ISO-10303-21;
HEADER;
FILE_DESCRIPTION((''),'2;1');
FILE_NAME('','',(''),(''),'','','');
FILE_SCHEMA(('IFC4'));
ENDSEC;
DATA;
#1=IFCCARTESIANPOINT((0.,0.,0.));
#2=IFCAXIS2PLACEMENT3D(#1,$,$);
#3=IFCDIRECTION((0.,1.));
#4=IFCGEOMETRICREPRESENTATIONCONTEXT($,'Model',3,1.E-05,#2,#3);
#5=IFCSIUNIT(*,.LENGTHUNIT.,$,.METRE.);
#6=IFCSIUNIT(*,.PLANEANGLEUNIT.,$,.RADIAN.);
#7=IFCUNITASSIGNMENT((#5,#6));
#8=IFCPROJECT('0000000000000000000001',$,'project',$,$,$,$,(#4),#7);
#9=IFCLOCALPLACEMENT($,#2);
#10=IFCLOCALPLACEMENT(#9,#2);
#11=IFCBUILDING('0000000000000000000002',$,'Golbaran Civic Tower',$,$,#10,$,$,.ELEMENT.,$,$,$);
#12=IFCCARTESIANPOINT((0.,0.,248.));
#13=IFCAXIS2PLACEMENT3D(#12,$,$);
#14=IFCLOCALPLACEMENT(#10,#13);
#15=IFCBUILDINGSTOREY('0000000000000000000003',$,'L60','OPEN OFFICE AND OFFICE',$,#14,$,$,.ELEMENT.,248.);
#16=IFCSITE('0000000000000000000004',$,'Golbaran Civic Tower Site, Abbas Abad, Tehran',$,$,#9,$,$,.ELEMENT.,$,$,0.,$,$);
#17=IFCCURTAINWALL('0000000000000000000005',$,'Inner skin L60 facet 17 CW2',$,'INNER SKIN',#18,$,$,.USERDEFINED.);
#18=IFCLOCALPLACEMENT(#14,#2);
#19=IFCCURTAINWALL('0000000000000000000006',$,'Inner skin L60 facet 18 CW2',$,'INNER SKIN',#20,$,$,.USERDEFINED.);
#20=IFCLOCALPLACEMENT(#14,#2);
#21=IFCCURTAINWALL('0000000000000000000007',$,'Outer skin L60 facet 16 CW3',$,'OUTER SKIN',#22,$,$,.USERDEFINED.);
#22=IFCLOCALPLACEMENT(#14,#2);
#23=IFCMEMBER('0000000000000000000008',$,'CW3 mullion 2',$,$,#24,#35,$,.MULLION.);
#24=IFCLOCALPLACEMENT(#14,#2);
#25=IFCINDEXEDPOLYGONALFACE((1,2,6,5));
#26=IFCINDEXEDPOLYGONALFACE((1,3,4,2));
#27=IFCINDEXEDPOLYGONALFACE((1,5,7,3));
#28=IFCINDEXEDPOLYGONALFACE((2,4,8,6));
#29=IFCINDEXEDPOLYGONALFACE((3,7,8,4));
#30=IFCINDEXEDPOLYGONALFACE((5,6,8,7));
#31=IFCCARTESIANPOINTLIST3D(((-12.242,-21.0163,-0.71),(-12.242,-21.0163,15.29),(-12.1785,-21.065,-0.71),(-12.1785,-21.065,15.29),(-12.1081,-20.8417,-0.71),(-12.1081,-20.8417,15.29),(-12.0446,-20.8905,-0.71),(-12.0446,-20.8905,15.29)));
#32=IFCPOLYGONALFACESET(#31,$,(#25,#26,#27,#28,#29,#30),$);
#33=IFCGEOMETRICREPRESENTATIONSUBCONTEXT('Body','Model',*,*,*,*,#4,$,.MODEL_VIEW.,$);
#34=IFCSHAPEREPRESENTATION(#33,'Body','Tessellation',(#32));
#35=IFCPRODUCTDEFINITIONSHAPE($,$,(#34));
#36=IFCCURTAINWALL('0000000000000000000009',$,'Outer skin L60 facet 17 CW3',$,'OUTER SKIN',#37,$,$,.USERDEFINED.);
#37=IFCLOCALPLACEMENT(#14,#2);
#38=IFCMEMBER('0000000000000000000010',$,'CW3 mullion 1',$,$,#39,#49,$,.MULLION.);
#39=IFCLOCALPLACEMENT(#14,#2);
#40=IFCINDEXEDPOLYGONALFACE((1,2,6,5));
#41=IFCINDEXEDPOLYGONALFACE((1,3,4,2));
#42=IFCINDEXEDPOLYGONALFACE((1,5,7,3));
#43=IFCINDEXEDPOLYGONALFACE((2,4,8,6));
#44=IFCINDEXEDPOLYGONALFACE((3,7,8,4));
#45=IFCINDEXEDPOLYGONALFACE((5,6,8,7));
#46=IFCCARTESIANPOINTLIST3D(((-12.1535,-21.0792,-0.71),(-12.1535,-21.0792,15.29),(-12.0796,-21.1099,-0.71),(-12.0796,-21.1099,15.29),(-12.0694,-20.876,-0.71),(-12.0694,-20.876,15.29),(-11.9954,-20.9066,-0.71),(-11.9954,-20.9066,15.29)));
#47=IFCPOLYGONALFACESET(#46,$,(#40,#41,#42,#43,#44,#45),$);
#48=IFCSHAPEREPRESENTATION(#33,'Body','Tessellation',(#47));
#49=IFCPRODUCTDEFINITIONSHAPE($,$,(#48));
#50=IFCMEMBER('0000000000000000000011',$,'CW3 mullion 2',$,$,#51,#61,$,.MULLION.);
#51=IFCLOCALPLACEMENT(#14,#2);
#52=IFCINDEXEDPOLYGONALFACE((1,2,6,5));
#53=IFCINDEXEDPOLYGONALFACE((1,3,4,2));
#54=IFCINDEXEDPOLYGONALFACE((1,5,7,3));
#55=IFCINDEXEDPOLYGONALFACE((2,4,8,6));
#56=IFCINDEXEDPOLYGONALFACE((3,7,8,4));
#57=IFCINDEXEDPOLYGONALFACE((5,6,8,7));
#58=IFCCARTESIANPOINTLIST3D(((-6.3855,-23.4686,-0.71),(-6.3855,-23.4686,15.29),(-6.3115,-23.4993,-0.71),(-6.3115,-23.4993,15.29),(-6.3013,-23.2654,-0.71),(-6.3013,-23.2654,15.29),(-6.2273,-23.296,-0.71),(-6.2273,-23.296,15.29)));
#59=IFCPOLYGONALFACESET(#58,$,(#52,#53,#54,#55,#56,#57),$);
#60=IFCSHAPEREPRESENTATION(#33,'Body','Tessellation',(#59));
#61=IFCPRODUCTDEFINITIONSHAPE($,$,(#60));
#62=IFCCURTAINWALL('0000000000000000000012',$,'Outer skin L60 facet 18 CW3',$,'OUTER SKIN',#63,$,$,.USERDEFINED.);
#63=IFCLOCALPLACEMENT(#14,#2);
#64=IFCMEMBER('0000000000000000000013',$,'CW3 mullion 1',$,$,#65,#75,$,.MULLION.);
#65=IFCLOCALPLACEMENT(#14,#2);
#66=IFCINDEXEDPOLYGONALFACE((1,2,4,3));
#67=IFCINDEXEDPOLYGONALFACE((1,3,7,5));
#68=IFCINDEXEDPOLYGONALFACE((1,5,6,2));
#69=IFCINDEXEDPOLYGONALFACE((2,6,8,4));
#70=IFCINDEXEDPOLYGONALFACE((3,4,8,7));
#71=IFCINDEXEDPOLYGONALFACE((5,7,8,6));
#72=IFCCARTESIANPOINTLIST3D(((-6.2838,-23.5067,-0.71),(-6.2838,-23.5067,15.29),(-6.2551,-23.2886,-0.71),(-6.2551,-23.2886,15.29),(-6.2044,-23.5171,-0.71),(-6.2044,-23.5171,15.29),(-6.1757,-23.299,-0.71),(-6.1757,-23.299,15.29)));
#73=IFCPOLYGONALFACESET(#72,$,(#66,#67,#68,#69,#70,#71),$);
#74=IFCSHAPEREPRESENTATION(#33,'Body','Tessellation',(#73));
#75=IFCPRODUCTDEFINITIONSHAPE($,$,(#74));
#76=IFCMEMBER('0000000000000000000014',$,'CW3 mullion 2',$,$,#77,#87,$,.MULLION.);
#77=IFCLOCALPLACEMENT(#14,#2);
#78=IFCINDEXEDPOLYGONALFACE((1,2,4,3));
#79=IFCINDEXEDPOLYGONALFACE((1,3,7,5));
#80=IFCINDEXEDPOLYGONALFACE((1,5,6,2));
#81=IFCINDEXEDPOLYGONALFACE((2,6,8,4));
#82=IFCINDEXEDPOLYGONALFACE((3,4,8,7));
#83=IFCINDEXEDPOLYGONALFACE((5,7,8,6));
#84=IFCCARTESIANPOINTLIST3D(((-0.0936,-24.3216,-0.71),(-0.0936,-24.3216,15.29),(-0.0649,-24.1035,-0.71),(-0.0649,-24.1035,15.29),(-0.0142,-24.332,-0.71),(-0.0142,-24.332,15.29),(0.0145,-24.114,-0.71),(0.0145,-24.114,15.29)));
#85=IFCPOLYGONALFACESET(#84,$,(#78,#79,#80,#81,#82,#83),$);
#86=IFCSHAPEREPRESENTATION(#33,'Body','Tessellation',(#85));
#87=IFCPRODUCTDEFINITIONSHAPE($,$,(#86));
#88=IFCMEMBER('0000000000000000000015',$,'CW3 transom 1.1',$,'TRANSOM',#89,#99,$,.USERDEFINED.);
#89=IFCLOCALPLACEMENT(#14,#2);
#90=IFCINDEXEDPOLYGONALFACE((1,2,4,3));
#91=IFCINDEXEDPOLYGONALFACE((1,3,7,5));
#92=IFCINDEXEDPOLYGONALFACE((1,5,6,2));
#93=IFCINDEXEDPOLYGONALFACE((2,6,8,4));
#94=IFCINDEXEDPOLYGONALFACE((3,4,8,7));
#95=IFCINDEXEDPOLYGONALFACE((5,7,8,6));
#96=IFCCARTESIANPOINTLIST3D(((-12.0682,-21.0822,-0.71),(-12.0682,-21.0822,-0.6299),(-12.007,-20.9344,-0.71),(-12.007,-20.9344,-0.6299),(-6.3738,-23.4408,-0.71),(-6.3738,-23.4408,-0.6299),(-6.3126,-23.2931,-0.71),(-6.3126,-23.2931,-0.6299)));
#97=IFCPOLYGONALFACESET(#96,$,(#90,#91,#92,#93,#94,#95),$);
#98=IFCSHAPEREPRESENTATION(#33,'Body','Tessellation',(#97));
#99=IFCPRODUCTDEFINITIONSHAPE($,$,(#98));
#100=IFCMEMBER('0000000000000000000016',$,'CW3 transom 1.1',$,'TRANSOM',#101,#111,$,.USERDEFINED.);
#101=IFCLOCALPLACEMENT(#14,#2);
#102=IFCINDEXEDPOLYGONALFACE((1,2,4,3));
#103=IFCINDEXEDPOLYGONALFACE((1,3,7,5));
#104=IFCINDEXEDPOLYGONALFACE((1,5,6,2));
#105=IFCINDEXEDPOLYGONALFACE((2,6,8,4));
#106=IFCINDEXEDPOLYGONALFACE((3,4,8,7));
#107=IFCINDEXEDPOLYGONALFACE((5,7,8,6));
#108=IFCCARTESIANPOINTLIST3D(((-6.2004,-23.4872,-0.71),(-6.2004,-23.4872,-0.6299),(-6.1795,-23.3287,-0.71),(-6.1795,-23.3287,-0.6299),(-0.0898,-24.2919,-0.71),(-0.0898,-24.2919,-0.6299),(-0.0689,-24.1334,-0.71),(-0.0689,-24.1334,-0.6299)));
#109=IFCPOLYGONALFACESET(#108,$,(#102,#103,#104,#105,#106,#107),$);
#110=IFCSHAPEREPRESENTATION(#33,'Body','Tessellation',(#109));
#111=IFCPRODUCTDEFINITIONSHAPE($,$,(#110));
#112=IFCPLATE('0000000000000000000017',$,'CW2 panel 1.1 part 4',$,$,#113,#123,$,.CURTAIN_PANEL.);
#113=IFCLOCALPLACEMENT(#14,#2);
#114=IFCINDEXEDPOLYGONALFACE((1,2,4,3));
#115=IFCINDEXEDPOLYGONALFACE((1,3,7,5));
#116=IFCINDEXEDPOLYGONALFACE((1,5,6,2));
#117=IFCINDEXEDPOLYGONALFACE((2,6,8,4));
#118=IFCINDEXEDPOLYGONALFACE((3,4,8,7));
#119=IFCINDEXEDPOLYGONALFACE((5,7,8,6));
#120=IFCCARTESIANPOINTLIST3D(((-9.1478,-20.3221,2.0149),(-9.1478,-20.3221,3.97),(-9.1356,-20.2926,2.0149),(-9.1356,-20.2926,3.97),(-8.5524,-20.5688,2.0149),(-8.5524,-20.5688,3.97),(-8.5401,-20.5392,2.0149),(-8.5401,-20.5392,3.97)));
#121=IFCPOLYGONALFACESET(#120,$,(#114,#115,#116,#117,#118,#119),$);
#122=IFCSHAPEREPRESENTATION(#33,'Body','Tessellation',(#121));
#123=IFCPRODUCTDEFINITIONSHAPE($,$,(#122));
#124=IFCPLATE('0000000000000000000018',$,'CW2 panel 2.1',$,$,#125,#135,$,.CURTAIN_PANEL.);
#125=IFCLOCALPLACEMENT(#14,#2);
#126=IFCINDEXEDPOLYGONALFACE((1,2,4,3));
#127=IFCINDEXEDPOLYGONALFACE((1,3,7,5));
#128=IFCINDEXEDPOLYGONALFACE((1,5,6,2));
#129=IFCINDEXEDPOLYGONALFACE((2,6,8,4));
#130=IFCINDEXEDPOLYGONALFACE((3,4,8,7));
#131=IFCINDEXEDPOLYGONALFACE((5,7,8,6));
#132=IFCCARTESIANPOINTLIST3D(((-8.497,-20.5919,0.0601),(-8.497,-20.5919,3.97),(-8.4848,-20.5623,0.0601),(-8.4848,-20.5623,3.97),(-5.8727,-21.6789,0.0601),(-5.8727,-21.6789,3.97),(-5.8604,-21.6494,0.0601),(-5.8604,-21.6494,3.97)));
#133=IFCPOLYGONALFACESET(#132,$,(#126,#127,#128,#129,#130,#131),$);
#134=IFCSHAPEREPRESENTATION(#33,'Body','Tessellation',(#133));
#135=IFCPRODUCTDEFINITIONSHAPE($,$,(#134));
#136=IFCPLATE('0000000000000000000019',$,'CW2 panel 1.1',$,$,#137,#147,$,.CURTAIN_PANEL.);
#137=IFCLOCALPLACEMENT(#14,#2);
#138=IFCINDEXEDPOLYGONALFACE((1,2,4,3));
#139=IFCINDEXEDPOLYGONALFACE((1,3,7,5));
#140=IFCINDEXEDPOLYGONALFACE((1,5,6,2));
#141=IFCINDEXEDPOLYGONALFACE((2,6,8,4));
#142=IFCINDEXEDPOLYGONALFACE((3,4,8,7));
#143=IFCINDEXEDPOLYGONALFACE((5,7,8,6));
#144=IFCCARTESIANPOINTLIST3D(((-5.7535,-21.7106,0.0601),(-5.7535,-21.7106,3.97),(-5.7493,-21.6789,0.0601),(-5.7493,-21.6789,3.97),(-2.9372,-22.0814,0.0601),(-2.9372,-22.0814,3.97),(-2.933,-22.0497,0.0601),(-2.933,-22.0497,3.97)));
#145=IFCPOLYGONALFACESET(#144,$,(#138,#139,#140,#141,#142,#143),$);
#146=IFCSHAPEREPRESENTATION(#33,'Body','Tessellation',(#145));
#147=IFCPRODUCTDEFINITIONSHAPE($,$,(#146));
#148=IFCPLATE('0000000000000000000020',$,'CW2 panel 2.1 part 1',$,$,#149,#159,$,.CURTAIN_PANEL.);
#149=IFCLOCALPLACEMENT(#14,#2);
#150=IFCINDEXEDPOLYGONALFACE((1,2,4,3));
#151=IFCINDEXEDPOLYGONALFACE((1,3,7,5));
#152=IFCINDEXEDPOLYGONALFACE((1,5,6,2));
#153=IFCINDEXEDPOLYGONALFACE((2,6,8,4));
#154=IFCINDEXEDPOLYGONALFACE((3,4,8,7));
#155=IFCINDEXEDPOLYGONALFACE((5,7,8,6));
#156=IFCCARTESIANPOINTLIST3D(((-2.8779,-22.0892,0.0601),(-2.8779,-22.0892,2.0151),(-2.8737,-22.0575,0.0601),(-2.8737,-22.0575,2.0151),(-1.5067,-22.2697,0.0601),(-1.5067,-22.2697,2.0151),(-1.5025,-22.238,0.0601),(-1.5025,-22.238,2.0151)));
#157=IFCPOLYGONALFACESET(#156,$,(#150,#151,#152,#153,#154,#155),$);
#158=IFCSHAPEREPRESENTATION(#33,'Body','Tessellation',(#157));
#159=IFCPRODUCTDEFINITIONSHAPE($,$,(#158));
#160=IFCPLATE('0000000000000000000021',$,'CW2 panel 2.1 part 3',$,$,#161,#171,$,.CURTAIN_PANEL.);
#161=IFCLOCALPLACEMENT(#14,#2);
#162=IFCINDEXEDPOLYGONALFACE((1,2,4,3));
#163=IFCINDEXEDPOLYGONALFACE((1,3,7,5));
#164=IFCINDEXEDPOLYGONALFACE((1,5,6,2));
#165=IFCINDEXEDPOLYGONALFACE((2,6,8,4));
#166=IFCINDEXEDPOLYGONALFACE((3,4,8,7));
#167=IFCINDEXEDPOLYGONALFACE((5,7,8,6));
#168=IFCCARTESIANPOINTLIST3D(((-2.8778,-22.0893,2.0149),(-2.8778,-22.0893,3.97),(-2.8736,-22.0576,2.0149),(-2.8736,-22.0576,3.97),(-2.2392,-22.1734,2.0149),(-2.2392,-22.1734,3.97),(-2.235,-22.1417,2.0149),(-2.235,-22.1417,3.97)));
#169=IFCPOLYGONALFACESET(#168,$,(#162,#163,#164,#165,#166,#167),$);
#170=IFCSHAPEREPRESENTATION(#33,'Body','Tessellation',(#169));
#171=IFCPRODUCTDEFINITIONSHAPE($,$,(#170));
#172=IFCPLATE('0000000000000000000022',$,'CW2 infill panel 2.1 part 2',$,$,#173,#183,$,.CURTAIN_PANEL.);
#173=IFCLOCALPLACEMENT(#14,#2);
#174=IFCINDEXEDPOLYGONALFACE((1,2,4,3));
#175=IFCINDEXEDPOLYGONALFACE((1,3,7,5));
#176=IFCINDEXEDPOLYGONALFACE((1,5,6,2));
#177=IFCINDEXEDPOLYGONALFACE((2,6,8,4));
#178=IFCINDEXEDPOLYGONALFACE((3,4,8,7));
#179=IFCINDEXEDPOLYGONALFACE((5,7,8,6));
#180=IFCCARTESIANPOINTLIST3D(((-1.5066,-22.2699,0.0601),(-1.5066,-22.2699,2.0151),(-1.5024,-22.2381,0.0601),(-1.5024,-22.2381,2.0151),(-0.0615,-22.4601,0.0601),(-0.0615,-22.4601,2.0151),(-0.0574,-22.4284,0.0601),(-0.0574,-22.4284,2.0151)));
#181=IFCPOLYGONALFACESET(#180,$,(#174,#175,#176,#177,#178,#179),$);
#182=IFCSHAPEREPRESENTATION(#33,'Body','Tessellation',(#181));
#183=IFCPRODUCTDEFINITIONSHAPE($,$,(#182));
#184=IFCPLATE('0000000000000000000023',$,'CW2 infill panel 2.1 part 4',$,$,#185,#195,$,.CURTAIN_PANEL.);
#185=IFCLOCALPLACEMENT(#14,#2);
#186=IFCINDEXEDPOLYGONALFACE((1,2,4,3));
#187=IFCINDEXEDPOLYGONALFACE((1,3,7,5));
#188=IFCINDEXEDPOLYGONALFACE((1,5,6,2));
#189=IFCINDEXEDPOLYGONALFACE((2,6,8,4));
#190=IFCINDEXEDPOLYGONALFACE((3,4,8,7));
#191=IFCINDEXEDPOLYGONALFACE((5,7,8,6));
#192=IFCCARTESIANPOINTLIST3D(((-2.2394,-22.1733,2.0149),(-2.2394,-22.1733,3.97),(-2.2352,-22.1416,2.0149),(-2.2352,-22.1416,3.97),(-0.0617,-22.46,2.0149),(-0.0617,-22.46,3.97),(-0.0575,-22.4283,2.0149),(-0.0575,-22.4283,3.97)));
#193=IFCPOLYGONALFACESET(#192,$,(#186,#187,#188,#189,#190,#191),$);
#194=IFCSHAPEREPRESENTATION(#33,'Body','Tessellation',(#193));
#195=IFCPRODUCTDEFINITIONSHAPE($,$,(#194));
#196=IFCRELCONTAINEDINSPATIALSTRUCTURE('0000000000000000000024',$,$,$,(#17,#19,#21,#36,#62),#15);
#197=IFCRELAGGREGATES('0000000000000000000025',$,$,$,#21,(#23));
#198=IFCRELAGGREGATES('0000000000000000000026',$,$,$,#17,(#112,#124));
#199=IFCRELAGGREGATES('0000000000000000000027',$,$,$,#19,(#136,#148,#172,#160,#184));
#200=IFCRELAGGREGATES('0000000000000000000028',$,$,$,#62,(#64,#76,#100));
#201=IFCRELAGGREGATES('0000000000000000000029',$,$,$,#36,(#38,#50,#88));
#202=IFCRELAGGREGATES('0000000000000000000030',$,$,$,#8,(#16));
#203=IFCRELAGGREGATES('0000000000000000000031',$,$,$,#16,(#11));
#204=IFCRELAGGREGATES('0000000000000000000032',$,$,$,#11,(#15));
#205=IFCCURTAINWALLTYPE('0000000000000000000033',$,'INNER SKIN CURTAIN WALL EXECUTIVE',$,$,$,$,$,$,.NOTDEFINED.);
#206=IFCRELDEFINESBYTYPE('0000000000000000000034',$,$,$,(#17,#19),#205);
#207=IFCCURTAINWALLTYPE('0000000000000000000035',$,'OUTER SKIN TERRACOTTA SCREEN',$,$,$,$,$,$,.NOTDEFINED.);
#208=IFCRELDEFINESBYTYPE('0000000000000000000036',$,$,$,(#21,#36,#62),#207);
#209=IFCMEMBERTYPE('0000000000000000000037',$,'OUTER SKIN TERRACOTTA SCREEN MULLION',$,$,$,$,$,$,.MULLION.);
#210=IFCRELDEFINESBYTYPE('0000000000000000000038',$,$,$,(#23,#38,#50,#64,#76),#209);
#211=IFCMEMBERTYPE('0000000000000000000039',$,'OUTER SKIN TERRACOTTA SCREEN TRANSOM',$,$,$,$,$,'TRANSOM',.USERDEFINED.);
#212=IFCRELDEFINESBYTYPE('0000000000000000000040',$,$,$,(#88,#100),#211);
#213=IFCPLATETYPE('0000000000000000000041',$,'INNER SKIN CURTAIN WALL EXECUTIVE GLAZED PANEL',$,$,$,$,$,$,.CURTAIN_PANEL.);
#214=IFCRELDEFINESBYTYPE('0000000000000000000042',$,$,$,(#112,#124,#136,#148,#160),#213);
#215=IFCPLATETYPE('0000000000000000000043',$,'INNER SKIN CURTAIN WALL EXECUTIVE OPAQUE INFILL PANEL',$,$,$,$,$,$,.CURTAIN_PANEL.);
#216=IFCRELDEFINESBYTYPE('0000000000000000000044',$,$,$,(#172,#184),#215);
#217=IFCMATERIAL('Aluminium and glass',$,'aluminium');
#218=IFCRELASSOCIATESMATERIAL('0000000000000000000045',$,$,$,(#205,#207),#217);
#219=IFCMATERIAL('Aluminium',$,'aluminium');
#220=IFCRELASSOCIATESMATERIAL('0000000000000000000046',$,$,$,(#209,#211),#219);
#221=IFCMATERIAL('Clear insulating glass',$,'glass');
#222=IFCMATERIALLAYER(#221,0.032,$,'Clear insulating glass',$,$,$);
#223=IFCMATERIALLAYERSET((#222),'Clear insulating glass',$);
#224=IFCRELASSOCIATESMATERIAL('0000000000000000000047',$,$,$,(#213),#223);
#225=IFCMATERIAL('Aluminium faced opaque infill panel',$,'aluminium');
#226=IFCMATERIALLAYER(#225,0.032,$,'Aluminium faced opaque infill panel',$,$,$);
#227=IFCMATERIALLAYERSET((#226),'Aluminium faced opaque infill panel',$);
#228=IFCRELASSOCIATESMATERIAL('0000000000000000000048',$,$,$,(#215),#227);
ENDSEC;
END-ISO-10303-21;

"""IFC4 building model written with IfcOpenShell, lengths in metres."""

from ifc_helpers import new_model, si_unit, direction, frame, origin, origin_2d, place, context, subcontext, project, spatial, rectangle, extrude, material, layer, layer_set, material_profile, profile_set, type_object, element, aggregate, save


model = new_model("IFC4")

# Units and contexts
model_context = context("Model", 3, precision=1e-05, world=origin(), true_north=direction((0.0, 1.0)))
body_context = subcontext(model_context, "Body", "Model", "MODEL_VIEW")
ifc_project = project(units=[si_unit("LENGTHUNIT", "METRE"), si_unit("PLANEANGLEUNIT", "RADIAN")], contexts=[model_context])

# Site, building, storey
site_placement = place(None, origin())
site = spatial("IfcSite", under=ifc_project, at=site_placement, Name="Golbaran Civic Tower Site, Abbas Abad, Tehran", CompositionType="ELEMENT", RefElevation=0.0)
building_placement = place(site_placement, origin())
building = spatial("IfcBuilding", under=site, at=building_placement, Name="Golbaran Civic Tower", CompositionType="ELEMENT")
storey_placement = place(building_placement, frame((0.0, 0.0, 248.0)))
storey = spatial("IfcBuildingStorey", under=building, at=storey_placement, Name="L60", Description="OPEN OFFICE AND OFFICE", CompositionType="ELEMENT", Elevation=248.0)

# Curtain walls
ifc_material_1 = material(Name="Aluminium and glass", Category="aluminium")
curtain_wall_type_1 = type_object("IfcCurtainWallType", Name="INNER SKIN CURTAIN WALL EXECUTIVE", PredefinedType="NOTDEFINED", material=ifc_material_1)
curtain_wall_1_placement = place(storey_placement, origin())
curtain_wall_1 = element("IfcCurtainWall", 1, at=curtain_wall_1_placement, inside=storey, type_object=curtain_wall_type_1, Name="Inner skin L60 facet 17 CW2", ObjectType="INNER SKIN", PredefinedType="USERDEFINED")
ifc_material_2 = material(Name="Aluminium", Category="aluminium")
curtain_wall_2_placement = place(storey_placement, origin())
curtain_wall_2 = element("IfcCurtainWall", 2, at=curtain_wall_2_placement, inside=storey, type_object=curtain_wall_type_1, Name="Inner skin L60 facet 18 CW2", ObjectType="INNER SKIN", PredefinedType="USERDEFINED")

# Curtain wall, member
curtain_wall_type_2 = type_object("IfcCurtainWallType", Name="OUTER SKIN TERRACOTTA SCREEN", PredefinedType="NOTDEFINED", material=ifc_material_1)
curtain_wall_3_placement = place(storey_placement, origin())
curtain_wall_3 = element("IfcCurtainWall", 3, at=curtain_wall_3_placement, inside=storey, type_object=curtain_wall_type_2, Name="Outer skin L60 facet 16 CW3", ObjectType="OUTER SKIN", PredefinedType="USERDEFINED")
ifc_material_profile_1 = material_profile(ifc_material_2, rectangle(XDim=0.22, YDim=0.0801, at=origin_2d()), Name="OUTER SKIN TERRACOTTA SCREEN MULLION")
ifc_profile_set_1 = profile_set([ifc_material_profile_1], Name="Aluminium")
member_type_1 = type_object("IfcMemberType", Name="OUTER SKIN TERRACOTTA SCREEN MULLION", PredefinedType="MULLION", material=ifc_profile_set_1)
member_1_placement = place(storey_placement, frame((-12.1433, -20.9534, -0.71), z_axis=(0.0, 0.0, 1.0), x_axis=(0.608761, 0.793353, 0.0)))
member_1 = element("IfcMember", 4, at=member_1_placement, type_object=member_type_1, Name="CW3 mullion 2", PredefinedType="MULLION", context=body_context, shape_type="SweptSolid", body=[
    extrude(rectangle(XDim=0.22, YDim=0.0801, at=origin_2d()), origin(), (0.0, 0.0, 1.0), 16.0),
])
aggregate(curtain_wall_3, [member_1])

# Curtain walls, members
curtain_wall_4_placement = place(storey_placement, origin())
curtain_wall_4 = element("IfcCurtainWall", 5, at=curtain_wall_4_placement, inside=storey, type_object=curtain_wall_type_2, Name="Outer skin L60 facet 17 CW3", ObjectType="OUTER SKIN", PredefinedType="USERDEFINED")
member_2_placement = place(storey_placement, frame((-12.0745, -20.9929, -0.71), z_axis=(0.0, 0.0, 1.0), x_axis=(0.382683, 0.92388, 0.0)))
member_2 = element("IfcMember", 6, at=member_2_placement, type_object=member_type_1, Name="CW3 mullion 1", PredefinedType="MULLION", context=body_context, shape_type="SweptSolid", body=[
    extrude(rectangle(XDim=0.22, YDim=0.0801, at=origin_2d()), origin(), (0.0, 0.0, 1.0), 16.0),
])
member_3_placement = place(storey_placement, frame((-6.3064, -23.3823, -0.71), z_axis=(0.0, 0.0, 1.0), x_axis=(0.382683, 0.92388, 0.0)))
member_3 = element("IfcMember", 7, at=member_3_placement, type_object=member_type_1, Name="CW3 mullion 2", PredefinedType="MULLION", context=body_context, shape_type="SweptSolid", body=[
    extrude(rectangle(XDim=0.22, YDim=0.0801, at=origin_2d()), origin(), (0.0, 0.0, 1.0), 16.0),
])
curtain_wall_5_placement = place(storey_placement, origin())
curtain_wall_5 = element("IfcCurtainWall", 8, at=curtain_wall_5_placement, inside=storey, type_object=curtain_wall_type_2, Name="Outer skin L60 facet 18 CW3", ObjectType="OUTER SKIN", PredefinedType="USERDEFINED")
member_4_placement = place(storey_placement, frame((-6.2297, -23.4028, -0.71), z_axis=(0.0, 0.0, 1.0), x_axis=(0.130526, 0.991445, 0.0)))
member_4 = element("IfcMember", 9, at=member_4_placement, type_object=member_type_1, Name="CW3 mullion 1", PredefinedType="MULLION", context=body_context, shape_type="SweptSolid", body=[
    extrude(rectangle(XDim=0.22, YDim=0.0801, at=origin_2d()), origin(), (0.0, 0.0, 1.0), 16.0),
])
member_5_placement = place(storey_placement, frame((-0.0396, -24.2178, -0.71), z_axis=(0.0, 0.0, 1.0), x_axis=(0.130526, 0.991445, 0.0)))
member_5 = element("IfcMember", 10, at=member_5_placement, type_object=member_type_1, Name="CW3 mullion 2", PredefinedType="MULLION", context=body_context, shape_type="SweptSolid", body=[
    extrude(rectangle(XDim=0.22, YDim=0.0801, at=origin_2d()), origin(), (0.0, 0.0, 1.0), 16.0),
])

# Members
ifc_material_profile_2 = material_profile(ifc_material_2, rectangle(XDim=0.1599, YDim=0.0801, at=origin_2d()), Name="OUTER SKIN TERRACOTTA SCREEN TRANSOM")
ifc_profile_set_2 = profile_set([ifc_material_profile_2], Name="Aluminium")
member_type_2 = type_object("IfcMemberType", Name="OUTER SKIN TERRACOTTA SCREEN TRANSOM", ElementType="TRANSOM", PredefinedType="USERDEFINED", material=ifc_profile_set_2)
member_6_placement = place(storey_placement, frame((-12.0376, -21.0083, -0.6699), z_axis=(0.923881, -0.382679, 0.0), x_axis=(0.382679, 0.923881, 0.0)))
member_6 = element("IfcMember", 11, at=member_6_placement, type_object=member_type_2, Name="CW3 transom 1.1", ObjectType="TRANSOM", PredefinedType="USERDEFINED", context=body_context, shape_type="SweptSolid", body=[
    extrude(rectangle(XDim=0.1599, YDim=0.0801, at=origin_2d()), origin(), (0.0, 0.0, 1.0), 6.1636),
])
member_7_placement = place(storey_placement, frame((-6.1899, -23.408, -0.6699), z_axis=(0.99144, -0.13056, 0.0), x_axis=(0.13056, 0.99144, 0.0)))
member_7 = element("IfcMember", 12, at=member_7_placement, type_object=member_type_2, Name="CW3 transom 1.1", ObjectType="TRANSOM", PredefinedType="USERDEFINED", context=body_context, shape_type="SweptSolid", body=[
    extrude(rectangle(XDim=0.1599, YDim=0.0801, at=origin_2d()), origin(), (0.0, 0.0, 1.0), 6.1633),
])

# Plates
ifc_material_3 = material(Name="Clear insulating glass", Category="glass")
ifc_layer_1 = layer(ifc_material_3, 0.032, Name="Clear insulating glass")
ifc_layer_set_1 = layer_set([ifc_layer_1], Name="Clear insulating glass")
plate_type_1 = type_object("IfcPlateType", Name="INNER SKIN CURTAIN WALL EXECUTIVE GLAZED PANEL", PredefinedType="CURTAIN_PANEL", material=ifc_layer_set_1)
plate_1_placement = place(storey_placement, frame((-8.844, -20.4307, 2.0149), z_axis=(0.0, 0.0, 1.0), x_axis=(0.92388, -0.382683, 0.0)))
plate_1 = element("IfcPlate", 13, at=plate_1_placement, type_object=plate_type_1, Name="CW2 panel 1.1 part 4", PredefinedType="CURTAIN_PANEL", context=body_context, shape_type="SweptSolid", body=[
    extrude(rectangle(XDim=0.6445, YDim=0.032, at=origin_2d()), origin(), (0.0, 0.0, 1.0), 1.9551),
])
plate_2_placement = place(storey_placement, frame((-7.1787, -21.1206, 0.0601), z_axis=(0.0, 0.0, 1.0), x_axis=(0.92388, -0.382683, 0.0)))
plate_2 = element("IfcPlate", 14, at=plate_2_placement, type_object=plate_type_1, Name="CW2 panel 2.1", PredefinedType="CURTAIN_PANEL", context=body_context, shape_type="SweptSolid", body=[
    extrude(rectangle(XDim=2.8406, YDim=0.032, at=origin_2d()), origin(), (0.0, 0.0, 1.0), 3.9099),
])
aggregate(curtain_wall_1, [plate_1, plate_2])
plate_3_placement = place(storey_placement, frame((-4.3433, -21.8801, 0.0601), z_axis=(0.0, 0.0, 1.0), x_axis=(0.991445, -0.130526, 0.0)))
plate_3 = element("IfcPlate", 15, at=plate_3_placement, type_object=plate_type_1, Name="CW2 panel 1.1", PredefinedType="CURTAIN_PANEL", context=body_context, shape_type="SweptSolid", body=[
    extrude(rectangle(XDim=2.8406, YDim=0.032, at=origin_2d()), origin(), (0.0, 0.0, 1.0), 3.9099),
])
plate_4_placement = place(storey_placement, frame((-2.1902, -22.1636, 0.0601), z_axis=(0.0, 0.0, 1.0), x_axis=(0.991445, -0.130526, 0.0)))
plate_4 = element("IfcPlate", 16, at=plate_4_placement, type_object=plate_type_1, Name="CW2 panel 2.1 part 1", PredefinedType="CURTAIN_PANEL", context=body_context, shape_type="SweptSolid", body=[
    extrude(rectangle(XDim=1.3831, YDim=0.032, at=origin_2d()), origin(), (0.0, 0.0, 1.0), 1.9551),
])
plate_5_placement = place(storey_placement, frame((-2.5564, -22.1155, 2.0149), z_axis=(0.0, 0.0, 1.0), x_axis=(0.991445, -0.130526, 0.0)))
plate_5 = element("IfcPlate", 17, at=plate_5_placement, type_object=plate_type_1, Name="CW2 panel 2.1 part 3", PredefinedType="CURTAIN_PANEL", context=body_context, shape_type="SweptSolid", body=[
    extrude(rectangle(XDim=0.644, YDim=0.032, at=origin_2d()), origin(), (0.0, 0.0, 1.0), 1.9551),
])
ifc_material_4 = material(Name="Aluminium faced opaque infill panel", Category="aluminium")
ifc_layer_2 = layer(ifc_material_4, 0.032, Name="Aluminium faced opaque infill panel")
ifc_layer_set_2 = layer_set([ifc_layer_2], Name="Aluminium faced opaque infill panel")
plate_type_2 = type_object("IfcPlateType", Name="INNER SKIN CURTAIN WALL EXECUTIVE OPAQUE INFILL PANEL", PredefinedType="CURTAIN_PANEL", material=ifc_layer_set_2)
plate_6_placement = place(storey_placement, frame((-0.782, -22.3491, 0.0601), z_axis=(0.0, 0.0, 1.0), x_axis=(0.991445, -0.130526, 0.0)))
plate_6 = element("IfcPlate", 18, at=plate_6_placement, type_object=plate_type_2, Name="CW2 infill panel 2.1 part 2", PredefinedType="CURTAIN_PANEL", context=body_context, shape_type="SweptSolid", body=[
    extrude(rectangle(XDim=1.4575, YDim=0.032, at=origin_2d()), origin(), (0.0, 0.0, 1.0), 1.9551),
])
plate_7_placement = place(storey_placement, frame((-1.1484, -22.3008, 2.0149), z_axis=(0.0, 0.0, 1.0), x_axis=(0.991445, -0.130526, 0.0)))
plate_7 = element("IfcPlate", 19, at=plate_7_placement, type_object=plate_type_2, Name="CW2 infill panel 2.1 part 4", PredefinedType="CURTAIN_PANEL", context=body_context, shape_type="SweptSolid", body=[
    extrude(rectangle(XDim=2.1965, YDim=0.032, at=origin_2d()), origin(), (0.0, 0.0, 1.0), 1.9551),
])
aggregate(curtain_wall_2, [plate_3, plate_4, plate_6, plate_5, plate_7])
aggregate(curtain_wall_5, [member_4, member_5, member_7])
aggregate(curtain_wall_4, [member_2, member_3, member_6])

save(model, "model.ifc")
